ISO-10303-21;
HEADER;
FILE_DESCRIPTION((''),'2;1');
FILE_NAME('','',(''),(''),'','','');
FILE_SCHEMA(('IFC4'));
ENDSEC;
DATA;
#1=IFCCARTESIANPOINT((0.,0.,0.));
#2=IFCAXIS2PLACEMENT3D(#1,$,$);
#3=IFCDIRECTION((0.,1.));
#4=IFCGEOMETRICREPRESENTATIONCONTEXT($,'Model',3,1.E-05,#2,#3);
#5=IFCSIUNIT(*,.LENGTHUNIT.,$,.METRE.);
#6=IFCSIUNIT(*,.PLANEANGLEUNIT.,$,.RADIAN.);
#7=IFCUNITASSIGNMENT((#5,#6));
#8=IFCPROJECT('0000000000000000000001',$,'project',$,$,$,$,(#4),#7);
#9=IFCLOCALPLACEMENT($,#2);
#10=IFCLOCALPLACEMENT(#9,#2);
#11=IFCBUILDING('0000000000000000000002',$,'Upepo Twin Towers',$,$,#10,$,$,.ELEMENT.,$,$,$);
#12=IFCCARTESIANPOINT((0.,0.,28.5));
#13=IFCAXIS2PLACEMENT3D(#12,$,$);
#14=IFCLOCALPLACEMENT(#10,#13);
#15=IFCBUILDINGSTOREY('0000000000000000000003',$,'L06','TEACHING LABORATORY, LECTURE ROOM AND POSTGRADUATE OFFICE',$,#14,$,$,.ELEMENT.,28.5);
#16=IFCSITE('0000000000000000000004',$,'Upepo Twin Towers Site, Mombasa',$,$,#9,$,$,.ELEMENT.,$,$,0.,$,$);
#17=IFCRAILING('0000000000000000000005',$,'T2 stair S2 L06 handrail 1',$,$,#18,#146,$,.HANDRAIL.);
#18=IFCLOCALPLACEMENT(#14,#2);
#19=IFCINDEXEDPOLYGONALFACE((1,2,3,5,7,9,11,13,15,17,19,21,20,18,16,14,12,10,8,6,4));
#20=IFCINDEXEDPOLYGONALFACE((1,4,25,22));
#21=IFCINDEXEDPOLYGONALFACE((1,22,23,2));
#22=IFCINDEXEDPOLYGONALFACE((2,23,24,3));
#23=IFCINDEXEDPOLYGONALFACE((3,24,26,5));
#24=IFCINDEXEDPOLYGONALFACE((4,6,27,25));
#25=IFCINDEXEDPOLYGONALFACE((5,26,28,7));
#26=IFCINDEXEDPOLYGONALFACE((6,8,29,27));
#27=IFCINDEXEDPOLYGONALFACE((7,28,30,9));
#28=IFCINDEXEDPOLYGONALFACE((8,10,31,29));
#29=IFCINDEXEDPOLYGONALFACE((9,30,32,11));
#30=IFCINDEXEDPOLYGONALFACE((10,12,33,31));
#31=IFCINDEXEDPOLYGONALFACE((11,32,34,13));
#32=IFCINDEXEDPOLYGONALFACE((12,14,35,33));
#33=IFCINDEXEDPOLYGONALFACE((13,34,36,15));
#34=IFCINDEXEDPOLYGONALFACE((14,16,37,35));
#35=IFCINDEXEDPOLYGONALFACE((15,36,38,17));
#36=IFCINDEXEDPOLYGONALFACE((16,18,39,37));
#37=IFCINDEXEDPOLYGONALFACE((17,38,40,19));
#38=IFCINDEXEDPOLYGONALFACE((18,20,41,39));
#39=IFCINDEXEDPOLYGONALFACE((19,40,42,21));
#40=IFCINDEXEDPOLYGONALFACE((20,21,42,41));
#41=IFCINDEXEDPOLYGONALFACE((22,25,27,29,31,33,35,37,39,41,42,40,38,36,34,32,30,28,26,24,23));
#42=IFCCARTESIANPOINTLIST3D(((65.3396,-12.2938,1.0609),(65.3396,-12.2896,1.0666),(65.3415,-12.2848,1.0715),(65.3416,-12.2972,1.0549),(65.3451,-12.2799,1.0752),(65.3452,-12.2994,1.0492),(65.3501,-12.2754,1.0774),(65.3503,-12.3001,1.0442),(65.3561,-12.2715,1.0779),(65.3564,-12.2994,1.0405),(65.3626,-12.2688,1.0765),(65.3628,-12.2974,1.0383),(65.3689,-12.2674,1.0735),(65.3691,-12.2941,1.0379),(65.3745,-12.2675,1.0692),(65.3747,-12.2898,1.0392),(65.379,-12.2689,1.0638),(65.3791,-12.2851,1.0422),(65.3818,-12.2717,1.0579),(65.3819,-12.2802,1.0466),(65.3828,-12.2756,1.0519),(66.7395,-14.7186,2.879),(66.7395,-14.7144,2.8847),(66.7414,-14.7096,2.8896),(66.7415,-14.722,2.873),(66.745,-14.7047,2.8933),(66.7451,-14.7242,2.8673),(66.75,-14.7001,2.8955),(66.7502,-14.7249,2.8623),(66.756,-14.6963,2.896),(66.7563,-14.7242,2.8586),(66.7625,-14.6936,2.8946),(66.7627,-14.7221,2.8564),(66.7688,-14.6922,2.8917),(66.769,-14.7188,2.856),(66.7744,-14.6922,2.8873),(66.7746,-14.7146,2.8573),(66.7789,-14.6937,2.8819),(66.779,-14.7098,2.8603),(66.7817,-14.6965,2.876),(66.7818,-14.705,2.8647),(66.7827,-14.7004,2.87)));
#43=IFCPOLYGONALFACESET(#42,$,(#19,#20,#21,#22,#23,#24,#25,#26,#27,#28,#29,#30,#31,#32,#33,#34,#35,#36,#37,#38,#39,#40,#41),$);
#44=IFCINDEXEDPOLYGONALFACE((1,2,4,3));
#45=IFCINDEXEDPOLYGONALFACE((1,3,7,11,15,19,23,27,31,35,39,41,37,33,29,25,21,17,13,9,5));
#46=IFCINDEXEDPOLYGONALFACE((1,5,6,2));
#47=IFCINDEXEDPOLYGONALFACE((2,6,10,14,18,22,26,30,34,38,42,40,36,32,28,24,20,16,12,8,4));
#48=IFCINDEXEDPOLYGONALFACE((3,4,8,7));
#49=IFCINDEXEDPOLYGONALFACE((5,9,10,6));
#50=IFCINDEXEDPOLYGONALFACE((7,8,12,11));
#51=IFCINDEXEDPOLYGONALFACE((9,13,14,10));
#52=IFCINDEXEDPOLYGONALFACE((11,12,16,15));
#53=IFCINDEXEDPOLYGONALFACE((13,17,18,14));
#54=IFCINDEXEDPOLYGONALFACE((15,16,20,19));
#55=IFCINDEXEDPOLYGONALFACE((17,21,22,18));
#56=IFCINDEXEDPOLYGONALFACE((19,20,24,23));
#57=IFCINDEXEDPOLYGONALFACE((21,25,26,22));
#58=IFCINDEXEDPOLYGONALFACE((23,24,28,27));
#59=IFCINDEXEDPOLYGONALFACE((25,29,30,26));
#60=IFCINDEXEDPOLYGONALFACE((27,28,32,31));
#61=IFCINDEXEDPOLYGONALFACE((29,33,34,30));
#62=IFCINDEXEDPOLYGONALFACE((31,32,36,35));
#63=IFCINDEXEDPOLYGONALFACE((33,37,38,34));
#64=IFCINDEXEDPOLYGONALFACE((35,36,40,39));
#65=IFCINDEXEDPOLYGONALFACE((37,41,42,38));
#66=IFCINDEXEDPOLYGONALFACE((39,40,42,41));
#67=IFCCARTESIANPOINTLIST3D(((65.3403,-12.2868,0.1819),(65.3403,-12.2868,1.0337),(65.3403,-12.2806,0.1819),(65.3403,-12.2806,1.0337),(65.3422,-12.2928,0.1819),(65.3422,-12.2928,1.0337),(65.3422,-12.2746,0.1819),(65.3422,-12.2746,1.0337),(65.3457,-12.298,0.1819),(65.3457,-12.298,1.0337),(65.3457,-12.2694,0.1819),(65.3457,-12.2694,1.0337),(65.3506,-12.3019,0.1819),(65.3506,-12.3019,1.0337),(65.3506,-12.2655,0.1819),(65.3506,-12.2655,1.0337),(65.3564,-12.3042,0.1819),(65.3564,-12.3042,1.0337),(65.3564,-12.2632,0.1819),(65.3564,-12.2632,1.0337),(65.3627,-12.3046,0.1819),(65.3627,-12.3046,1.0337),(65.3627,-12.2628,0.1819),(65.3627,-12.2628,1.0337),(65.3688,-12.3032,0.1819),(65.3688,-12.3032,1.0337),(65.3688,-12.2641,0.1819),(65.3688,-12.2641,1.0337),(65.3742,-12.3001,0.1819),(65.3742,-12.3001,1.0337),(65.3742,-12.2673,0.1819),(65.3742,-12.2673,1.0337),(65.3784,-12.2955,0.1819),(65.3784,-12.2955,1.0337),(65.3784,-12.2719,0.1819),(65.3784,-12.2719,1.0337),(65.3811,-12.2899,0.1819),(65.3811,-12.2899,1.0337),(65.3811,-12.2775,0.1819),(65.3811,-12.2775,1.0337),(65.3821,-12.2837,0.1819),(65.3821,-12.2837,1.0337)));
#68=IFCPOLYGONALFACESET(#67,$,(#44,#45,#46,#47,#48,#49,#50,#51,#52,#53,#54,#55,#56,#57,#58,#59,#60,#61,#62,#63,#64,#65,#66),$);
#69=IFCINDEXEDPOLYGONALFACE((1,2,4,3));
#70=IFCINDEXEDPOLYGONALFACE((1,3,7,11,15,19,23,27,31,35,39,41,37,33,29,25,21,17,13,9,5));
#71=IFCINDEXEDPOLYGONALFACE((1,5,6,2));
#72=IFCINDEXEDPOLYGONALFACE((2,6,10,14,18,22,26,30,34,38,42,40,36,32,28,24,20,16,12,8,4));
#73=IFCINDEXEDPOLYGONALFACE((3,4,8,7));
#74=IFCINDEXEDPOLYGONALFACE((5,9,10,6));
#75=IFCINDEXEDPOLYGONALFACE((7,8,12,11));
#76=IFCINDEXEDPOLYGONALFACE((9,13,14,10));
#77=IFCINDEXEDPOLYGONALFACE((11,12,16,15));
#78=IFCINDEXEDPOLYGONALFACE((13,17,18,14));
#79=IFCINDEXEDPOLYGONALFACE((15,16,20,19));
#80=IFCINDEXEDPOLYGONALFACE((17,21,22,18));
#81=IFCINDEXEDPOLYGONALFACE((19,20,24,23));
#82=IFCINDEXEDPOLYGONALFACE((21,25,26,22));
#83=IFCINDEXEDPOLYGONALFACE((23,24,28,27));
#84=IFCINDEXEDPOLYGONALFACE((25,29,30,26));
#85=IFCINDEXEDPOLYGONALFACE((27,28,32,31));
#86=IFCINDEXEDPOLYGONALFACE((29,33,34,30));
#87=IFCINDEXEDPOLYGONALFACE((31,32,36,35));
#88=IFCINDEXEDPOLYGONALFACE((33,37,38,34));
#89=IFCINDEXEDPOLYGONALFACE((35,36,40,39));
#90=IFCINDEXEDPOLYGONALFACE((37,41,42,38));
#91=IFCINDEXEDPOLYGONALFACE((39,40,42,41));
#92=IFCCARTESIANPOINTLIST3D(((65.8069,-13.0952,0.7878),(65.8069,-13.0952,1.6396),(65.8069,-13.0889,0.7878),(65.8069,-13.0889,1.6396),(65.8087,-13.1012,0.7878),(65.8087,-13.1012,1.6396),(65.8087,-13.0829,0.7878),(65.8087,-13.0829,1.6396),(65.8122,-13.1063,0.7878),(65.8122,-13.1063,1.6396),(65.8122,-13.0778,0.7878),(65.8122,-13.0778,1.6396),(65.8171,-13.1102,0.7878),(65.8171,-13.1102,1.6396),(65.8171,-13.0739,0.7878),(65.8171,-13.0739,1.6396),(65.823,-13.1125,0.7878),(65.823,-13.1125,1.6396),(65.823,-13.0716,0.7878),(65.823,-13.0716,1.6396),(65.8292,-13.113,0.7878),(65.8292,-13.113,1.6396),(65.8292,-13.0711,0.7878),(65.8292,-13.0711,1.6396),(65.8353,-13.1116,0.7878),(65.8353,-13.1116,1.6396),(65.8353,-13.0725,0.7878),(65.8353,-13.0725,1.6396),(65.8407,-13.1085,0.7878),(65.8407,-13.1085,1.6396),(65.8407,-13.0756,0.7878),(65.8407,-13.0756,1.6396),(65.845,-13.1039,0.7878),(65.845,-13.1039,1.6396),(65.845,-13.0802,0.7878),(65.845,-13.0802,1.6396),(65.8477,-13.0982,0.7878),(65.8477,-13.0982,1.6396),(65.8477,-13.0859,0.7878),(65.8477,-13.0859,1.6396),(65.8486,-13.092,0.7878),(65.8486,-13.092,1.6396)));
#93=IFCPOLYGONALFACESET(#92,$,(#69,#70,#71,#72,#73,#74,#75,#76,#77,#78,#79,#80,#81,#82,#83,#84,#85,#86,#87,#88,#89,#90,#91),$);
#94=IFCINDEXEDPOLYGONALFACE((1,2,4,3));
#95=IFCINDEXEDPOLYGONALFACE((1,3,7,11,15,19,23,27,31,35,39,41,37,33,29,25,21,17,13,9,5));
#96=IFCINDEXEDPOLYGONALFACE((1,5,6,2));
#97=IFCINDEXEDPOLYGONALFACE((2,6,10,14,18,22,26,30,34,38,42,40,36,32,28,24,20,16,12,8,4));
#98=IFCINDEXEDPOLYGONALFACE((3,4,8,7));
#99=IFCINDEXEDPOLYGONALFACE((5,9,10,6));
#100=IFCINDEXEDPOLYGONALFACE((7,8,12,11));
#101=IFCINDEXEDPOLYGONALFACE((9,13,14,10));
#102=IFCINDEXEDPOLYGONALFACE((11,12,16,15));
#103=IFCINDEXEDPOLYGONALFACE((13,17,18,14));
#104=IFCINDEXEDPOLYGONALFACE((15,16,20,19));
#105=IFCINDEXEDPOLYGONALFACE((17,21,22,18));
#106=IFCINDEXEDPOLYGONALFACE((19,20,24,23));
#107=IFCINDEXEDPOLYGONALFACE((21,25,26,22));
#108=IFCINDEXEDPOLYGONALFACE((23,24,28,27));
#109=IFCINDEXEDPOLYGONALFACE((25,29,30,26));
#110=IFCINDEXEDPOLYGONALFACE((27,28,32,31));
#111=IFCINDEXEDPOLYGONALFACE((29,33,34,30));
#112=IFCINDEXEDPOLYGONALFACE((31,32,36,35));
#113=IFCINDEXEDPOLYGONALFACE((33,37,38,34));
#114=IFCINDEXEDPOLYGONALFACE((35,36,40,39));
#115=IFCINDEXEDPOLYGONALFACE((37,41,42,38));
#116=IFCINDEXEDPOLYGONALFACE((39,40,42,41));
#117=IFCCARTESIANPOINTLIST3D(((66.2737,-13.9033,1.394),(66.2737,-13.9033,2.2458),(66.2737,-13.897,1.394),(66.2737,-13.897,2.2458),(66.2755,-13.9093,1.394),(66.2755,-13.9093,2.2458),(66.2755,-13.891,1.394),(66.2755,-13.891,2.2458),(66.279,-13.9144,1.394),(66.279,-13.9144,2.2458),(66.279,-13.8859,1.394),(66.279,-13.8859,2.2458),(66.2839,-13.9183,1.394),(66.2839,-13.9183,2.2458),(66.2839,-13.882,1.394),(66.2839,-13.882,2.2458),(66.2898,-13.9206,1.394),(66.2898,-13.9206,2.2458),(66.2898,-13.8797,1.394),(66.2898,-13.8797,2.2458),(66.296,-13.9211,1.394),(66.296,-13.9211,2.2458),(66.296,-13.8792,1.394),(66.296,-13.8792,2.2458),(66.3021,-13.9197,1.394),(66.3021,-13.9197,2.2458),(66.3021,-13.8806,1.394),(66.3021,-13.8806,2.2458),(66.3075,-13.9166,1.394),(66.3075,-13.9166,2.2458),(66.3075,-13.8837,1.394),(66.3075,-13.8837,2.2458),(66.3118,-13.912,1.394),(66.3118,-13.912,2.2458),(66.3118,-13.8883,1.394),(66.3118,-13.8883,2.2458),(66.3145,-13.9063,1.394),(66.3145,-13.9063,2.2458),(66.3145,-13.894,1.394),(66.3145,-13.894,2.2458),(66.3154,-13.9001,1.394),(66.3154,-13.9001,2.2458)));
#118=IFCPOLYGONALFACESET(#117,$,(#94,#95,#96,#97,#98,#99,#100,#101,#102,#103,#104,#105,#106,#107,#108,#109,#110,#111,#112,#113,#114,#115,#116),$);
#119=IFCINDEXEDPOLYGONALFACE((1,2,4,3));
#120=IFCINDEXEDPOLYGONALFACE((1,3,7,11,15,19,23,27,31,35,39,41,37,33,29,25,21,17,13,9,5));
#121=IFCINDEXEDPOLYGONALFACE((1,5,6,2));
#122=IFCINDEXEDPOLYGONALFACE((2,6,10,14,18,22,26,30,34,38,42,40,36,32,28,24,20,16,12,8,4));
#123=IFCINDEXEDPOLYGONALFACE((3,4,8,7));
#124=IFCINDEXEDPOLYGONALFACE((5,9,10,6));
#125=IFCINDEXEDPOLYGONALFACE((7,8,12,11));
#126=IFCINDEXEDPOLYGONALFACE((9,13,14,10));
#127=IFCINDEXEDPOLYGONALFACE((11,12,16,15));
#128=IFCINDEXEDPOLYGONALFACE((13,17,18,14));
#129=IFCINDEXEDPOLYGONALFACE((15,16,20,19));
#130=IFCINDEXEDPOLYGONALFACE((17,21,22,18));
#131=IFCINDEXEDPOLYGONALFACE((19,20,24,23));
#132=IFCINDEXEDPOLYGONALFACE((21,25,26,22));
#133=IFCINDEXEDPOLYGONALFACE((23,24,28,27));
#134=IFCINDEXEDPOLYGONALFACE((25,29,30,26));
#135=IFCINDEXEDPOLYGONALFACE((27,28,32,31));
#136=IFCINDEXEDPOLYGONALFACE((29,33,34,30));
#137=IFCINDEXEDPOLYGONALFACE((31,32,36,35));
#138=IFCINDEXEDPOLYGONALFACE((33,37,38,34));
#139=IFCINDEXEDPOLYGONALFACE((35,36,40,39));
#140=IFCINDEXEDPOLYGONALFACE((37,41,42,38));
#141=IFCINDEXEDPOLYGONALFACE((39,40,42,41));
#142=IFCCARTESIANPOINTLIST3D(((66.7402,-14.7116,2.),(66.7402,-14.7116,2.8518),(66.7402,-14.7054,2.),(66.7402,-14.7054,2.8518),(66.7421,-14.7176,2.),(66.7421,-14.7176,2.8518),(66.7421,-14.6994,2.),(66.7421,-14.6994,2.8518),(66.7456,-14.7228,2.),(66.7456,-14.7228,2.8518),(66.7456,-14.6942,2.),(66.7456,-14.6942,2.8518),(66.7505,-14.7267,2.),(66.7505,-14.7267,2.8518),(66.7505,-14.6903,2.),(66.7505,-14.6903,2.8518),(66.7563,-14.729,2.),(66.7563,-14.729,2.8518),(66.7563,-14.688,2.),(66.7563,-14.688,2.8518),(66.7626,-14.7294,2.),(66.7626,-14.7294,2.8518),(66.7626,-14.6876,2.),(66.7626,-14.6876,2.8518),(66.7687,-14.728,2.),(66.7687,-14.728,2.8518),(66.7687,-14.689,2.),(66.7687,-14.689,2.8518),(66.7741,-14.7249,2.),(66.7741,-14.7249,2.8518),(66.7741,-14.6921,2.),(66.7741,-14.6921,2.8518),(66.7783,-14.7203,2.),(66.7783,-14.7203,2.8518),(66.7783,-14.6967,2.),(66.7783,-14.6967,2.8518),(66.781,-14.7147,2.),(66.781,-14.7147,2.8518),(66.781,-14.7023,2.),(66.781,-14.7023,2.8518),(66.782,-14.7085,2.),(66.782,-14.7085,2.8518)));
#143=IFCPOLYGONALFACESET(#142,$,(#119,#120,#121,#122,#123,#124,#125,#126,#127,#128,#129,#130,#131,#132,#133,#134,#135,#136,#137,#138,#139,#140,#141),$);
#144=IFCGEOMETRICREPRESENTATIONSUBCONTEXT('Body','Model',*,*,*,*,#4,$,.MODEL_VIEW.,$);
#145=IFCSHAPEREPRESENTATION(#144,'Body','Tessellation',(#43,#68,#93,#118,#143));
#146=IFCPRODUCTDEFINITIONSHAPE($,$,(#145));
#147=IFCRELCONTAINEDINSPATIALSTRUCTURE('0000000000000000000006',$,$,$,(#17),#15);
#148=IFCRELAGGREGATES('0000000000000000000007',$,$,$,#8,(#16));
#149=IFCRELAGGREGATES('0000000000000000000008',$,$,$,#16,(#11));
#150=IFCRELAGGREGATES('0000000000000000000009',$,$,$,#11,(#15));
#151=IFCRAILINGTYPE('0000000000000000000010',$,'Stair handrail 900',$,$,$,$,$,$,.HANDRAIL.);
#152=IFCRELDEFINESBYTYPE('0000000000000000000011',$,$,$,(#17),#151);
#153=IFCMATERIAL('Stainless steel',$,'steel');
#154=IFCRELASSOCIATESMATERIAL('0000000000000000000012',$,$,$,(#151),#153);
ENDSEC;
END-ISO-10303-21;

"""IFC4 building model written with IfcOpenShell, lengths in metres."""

from ifc_helpers import new_model, si_unit, direction, frame, origin, origin_2d, place, context, subcontext, project, spatial, circle, extrude, material, type_object, element, save


model = new_model("IFC4")

# Units and contexts
model_context = context("Model", 3, precision=1e-05, world=origin(), true_north=direction((0.0, 1.0)))
body_context = subcontext(model_context, "Body", "Model", "MODEL_VIEW")
ifc_project = project(units=[si_unit("LENGTHUNIT", "METRE"), si_unit("PLANEANGLEUNIT", "RADIAN")], contexts=[model_context])

# Site, building, storey
site_placement = place(None, origin())
site = spatial("IfcSite", under=ifc_project, at=site_placement, Name="Upepo Twin Towers Site, Mombasa", CompositionType="ELEMENT", RefElevation=0.0)
building_placement = place(site_placement, origin())
building = spatial("IfcBuilding", under=site, at=building_placement, Name="Upepo Twin Towers", CompositionType="ELEMENT")
storey_placement = place(building_placement, frame((0.0, 0.0, 28.5)))
storey = spatial("IfcBuildingStorey", under=building, at=storey_placement, Name="L06", Description="TEACHING LABORATORY, LECTURE ROOM AND POSTGRADUATE OFFICE", CompositionType="ELEMENT", Elevation=28.5)

# Railing
ifc_material_1 = material(Name="Stainless steel", Category="steel")
railing_type = type_object("IfcRailingType", Name="Stair handrail 900", PredefinedType="HANDRAIL", material=ifc_material_1)
railing_1_placement = place(storey_placement, frame((65.3611, -12.2837, 0.1819)))
element("IfcRailing", 1, at=railing_1_placement, inside=storey, type_object=railing_type, Name="T2 stair S2 L06 handrail 1", PredefinedType="HANDRAIL", context=body_context, shape_type="SweptSolid", body=[
    extrude(circle(Radius=0.0239, at=origin_2d()), frame((0.0, 0.0, 0.876), z_axis=(0.419333, -0.726336, 0.544606), x_axis=(0.866035, 0.499984, 0.0)), (0.0, 0.0, 1.0), 3.3384),
    extrude(circle(Radius=0.021, at=origin_2d()), origin(), (0.0, 0.0, 1.0), 0.8518),
    extrude(circle(Radius=0.021, at=origin_2d()), frame((0.4666, -0.8083, 0.606)), (0.0, 0.0, 1.0), 0.8518),
    extrude(circle(Radius=0.021, at=origin_2d()), frame((0.9333, -1.6165, 1.2122)), (0.0, 0.0, 1.0), 0.8518),
    extrude(circle(Radius=0.021, at=origin_2d()), frame((1.3999, -2.4248, 1.8181)), (0.0, 0.0, 1.0), 0.8518),
])

save(model, "model.ifc")
